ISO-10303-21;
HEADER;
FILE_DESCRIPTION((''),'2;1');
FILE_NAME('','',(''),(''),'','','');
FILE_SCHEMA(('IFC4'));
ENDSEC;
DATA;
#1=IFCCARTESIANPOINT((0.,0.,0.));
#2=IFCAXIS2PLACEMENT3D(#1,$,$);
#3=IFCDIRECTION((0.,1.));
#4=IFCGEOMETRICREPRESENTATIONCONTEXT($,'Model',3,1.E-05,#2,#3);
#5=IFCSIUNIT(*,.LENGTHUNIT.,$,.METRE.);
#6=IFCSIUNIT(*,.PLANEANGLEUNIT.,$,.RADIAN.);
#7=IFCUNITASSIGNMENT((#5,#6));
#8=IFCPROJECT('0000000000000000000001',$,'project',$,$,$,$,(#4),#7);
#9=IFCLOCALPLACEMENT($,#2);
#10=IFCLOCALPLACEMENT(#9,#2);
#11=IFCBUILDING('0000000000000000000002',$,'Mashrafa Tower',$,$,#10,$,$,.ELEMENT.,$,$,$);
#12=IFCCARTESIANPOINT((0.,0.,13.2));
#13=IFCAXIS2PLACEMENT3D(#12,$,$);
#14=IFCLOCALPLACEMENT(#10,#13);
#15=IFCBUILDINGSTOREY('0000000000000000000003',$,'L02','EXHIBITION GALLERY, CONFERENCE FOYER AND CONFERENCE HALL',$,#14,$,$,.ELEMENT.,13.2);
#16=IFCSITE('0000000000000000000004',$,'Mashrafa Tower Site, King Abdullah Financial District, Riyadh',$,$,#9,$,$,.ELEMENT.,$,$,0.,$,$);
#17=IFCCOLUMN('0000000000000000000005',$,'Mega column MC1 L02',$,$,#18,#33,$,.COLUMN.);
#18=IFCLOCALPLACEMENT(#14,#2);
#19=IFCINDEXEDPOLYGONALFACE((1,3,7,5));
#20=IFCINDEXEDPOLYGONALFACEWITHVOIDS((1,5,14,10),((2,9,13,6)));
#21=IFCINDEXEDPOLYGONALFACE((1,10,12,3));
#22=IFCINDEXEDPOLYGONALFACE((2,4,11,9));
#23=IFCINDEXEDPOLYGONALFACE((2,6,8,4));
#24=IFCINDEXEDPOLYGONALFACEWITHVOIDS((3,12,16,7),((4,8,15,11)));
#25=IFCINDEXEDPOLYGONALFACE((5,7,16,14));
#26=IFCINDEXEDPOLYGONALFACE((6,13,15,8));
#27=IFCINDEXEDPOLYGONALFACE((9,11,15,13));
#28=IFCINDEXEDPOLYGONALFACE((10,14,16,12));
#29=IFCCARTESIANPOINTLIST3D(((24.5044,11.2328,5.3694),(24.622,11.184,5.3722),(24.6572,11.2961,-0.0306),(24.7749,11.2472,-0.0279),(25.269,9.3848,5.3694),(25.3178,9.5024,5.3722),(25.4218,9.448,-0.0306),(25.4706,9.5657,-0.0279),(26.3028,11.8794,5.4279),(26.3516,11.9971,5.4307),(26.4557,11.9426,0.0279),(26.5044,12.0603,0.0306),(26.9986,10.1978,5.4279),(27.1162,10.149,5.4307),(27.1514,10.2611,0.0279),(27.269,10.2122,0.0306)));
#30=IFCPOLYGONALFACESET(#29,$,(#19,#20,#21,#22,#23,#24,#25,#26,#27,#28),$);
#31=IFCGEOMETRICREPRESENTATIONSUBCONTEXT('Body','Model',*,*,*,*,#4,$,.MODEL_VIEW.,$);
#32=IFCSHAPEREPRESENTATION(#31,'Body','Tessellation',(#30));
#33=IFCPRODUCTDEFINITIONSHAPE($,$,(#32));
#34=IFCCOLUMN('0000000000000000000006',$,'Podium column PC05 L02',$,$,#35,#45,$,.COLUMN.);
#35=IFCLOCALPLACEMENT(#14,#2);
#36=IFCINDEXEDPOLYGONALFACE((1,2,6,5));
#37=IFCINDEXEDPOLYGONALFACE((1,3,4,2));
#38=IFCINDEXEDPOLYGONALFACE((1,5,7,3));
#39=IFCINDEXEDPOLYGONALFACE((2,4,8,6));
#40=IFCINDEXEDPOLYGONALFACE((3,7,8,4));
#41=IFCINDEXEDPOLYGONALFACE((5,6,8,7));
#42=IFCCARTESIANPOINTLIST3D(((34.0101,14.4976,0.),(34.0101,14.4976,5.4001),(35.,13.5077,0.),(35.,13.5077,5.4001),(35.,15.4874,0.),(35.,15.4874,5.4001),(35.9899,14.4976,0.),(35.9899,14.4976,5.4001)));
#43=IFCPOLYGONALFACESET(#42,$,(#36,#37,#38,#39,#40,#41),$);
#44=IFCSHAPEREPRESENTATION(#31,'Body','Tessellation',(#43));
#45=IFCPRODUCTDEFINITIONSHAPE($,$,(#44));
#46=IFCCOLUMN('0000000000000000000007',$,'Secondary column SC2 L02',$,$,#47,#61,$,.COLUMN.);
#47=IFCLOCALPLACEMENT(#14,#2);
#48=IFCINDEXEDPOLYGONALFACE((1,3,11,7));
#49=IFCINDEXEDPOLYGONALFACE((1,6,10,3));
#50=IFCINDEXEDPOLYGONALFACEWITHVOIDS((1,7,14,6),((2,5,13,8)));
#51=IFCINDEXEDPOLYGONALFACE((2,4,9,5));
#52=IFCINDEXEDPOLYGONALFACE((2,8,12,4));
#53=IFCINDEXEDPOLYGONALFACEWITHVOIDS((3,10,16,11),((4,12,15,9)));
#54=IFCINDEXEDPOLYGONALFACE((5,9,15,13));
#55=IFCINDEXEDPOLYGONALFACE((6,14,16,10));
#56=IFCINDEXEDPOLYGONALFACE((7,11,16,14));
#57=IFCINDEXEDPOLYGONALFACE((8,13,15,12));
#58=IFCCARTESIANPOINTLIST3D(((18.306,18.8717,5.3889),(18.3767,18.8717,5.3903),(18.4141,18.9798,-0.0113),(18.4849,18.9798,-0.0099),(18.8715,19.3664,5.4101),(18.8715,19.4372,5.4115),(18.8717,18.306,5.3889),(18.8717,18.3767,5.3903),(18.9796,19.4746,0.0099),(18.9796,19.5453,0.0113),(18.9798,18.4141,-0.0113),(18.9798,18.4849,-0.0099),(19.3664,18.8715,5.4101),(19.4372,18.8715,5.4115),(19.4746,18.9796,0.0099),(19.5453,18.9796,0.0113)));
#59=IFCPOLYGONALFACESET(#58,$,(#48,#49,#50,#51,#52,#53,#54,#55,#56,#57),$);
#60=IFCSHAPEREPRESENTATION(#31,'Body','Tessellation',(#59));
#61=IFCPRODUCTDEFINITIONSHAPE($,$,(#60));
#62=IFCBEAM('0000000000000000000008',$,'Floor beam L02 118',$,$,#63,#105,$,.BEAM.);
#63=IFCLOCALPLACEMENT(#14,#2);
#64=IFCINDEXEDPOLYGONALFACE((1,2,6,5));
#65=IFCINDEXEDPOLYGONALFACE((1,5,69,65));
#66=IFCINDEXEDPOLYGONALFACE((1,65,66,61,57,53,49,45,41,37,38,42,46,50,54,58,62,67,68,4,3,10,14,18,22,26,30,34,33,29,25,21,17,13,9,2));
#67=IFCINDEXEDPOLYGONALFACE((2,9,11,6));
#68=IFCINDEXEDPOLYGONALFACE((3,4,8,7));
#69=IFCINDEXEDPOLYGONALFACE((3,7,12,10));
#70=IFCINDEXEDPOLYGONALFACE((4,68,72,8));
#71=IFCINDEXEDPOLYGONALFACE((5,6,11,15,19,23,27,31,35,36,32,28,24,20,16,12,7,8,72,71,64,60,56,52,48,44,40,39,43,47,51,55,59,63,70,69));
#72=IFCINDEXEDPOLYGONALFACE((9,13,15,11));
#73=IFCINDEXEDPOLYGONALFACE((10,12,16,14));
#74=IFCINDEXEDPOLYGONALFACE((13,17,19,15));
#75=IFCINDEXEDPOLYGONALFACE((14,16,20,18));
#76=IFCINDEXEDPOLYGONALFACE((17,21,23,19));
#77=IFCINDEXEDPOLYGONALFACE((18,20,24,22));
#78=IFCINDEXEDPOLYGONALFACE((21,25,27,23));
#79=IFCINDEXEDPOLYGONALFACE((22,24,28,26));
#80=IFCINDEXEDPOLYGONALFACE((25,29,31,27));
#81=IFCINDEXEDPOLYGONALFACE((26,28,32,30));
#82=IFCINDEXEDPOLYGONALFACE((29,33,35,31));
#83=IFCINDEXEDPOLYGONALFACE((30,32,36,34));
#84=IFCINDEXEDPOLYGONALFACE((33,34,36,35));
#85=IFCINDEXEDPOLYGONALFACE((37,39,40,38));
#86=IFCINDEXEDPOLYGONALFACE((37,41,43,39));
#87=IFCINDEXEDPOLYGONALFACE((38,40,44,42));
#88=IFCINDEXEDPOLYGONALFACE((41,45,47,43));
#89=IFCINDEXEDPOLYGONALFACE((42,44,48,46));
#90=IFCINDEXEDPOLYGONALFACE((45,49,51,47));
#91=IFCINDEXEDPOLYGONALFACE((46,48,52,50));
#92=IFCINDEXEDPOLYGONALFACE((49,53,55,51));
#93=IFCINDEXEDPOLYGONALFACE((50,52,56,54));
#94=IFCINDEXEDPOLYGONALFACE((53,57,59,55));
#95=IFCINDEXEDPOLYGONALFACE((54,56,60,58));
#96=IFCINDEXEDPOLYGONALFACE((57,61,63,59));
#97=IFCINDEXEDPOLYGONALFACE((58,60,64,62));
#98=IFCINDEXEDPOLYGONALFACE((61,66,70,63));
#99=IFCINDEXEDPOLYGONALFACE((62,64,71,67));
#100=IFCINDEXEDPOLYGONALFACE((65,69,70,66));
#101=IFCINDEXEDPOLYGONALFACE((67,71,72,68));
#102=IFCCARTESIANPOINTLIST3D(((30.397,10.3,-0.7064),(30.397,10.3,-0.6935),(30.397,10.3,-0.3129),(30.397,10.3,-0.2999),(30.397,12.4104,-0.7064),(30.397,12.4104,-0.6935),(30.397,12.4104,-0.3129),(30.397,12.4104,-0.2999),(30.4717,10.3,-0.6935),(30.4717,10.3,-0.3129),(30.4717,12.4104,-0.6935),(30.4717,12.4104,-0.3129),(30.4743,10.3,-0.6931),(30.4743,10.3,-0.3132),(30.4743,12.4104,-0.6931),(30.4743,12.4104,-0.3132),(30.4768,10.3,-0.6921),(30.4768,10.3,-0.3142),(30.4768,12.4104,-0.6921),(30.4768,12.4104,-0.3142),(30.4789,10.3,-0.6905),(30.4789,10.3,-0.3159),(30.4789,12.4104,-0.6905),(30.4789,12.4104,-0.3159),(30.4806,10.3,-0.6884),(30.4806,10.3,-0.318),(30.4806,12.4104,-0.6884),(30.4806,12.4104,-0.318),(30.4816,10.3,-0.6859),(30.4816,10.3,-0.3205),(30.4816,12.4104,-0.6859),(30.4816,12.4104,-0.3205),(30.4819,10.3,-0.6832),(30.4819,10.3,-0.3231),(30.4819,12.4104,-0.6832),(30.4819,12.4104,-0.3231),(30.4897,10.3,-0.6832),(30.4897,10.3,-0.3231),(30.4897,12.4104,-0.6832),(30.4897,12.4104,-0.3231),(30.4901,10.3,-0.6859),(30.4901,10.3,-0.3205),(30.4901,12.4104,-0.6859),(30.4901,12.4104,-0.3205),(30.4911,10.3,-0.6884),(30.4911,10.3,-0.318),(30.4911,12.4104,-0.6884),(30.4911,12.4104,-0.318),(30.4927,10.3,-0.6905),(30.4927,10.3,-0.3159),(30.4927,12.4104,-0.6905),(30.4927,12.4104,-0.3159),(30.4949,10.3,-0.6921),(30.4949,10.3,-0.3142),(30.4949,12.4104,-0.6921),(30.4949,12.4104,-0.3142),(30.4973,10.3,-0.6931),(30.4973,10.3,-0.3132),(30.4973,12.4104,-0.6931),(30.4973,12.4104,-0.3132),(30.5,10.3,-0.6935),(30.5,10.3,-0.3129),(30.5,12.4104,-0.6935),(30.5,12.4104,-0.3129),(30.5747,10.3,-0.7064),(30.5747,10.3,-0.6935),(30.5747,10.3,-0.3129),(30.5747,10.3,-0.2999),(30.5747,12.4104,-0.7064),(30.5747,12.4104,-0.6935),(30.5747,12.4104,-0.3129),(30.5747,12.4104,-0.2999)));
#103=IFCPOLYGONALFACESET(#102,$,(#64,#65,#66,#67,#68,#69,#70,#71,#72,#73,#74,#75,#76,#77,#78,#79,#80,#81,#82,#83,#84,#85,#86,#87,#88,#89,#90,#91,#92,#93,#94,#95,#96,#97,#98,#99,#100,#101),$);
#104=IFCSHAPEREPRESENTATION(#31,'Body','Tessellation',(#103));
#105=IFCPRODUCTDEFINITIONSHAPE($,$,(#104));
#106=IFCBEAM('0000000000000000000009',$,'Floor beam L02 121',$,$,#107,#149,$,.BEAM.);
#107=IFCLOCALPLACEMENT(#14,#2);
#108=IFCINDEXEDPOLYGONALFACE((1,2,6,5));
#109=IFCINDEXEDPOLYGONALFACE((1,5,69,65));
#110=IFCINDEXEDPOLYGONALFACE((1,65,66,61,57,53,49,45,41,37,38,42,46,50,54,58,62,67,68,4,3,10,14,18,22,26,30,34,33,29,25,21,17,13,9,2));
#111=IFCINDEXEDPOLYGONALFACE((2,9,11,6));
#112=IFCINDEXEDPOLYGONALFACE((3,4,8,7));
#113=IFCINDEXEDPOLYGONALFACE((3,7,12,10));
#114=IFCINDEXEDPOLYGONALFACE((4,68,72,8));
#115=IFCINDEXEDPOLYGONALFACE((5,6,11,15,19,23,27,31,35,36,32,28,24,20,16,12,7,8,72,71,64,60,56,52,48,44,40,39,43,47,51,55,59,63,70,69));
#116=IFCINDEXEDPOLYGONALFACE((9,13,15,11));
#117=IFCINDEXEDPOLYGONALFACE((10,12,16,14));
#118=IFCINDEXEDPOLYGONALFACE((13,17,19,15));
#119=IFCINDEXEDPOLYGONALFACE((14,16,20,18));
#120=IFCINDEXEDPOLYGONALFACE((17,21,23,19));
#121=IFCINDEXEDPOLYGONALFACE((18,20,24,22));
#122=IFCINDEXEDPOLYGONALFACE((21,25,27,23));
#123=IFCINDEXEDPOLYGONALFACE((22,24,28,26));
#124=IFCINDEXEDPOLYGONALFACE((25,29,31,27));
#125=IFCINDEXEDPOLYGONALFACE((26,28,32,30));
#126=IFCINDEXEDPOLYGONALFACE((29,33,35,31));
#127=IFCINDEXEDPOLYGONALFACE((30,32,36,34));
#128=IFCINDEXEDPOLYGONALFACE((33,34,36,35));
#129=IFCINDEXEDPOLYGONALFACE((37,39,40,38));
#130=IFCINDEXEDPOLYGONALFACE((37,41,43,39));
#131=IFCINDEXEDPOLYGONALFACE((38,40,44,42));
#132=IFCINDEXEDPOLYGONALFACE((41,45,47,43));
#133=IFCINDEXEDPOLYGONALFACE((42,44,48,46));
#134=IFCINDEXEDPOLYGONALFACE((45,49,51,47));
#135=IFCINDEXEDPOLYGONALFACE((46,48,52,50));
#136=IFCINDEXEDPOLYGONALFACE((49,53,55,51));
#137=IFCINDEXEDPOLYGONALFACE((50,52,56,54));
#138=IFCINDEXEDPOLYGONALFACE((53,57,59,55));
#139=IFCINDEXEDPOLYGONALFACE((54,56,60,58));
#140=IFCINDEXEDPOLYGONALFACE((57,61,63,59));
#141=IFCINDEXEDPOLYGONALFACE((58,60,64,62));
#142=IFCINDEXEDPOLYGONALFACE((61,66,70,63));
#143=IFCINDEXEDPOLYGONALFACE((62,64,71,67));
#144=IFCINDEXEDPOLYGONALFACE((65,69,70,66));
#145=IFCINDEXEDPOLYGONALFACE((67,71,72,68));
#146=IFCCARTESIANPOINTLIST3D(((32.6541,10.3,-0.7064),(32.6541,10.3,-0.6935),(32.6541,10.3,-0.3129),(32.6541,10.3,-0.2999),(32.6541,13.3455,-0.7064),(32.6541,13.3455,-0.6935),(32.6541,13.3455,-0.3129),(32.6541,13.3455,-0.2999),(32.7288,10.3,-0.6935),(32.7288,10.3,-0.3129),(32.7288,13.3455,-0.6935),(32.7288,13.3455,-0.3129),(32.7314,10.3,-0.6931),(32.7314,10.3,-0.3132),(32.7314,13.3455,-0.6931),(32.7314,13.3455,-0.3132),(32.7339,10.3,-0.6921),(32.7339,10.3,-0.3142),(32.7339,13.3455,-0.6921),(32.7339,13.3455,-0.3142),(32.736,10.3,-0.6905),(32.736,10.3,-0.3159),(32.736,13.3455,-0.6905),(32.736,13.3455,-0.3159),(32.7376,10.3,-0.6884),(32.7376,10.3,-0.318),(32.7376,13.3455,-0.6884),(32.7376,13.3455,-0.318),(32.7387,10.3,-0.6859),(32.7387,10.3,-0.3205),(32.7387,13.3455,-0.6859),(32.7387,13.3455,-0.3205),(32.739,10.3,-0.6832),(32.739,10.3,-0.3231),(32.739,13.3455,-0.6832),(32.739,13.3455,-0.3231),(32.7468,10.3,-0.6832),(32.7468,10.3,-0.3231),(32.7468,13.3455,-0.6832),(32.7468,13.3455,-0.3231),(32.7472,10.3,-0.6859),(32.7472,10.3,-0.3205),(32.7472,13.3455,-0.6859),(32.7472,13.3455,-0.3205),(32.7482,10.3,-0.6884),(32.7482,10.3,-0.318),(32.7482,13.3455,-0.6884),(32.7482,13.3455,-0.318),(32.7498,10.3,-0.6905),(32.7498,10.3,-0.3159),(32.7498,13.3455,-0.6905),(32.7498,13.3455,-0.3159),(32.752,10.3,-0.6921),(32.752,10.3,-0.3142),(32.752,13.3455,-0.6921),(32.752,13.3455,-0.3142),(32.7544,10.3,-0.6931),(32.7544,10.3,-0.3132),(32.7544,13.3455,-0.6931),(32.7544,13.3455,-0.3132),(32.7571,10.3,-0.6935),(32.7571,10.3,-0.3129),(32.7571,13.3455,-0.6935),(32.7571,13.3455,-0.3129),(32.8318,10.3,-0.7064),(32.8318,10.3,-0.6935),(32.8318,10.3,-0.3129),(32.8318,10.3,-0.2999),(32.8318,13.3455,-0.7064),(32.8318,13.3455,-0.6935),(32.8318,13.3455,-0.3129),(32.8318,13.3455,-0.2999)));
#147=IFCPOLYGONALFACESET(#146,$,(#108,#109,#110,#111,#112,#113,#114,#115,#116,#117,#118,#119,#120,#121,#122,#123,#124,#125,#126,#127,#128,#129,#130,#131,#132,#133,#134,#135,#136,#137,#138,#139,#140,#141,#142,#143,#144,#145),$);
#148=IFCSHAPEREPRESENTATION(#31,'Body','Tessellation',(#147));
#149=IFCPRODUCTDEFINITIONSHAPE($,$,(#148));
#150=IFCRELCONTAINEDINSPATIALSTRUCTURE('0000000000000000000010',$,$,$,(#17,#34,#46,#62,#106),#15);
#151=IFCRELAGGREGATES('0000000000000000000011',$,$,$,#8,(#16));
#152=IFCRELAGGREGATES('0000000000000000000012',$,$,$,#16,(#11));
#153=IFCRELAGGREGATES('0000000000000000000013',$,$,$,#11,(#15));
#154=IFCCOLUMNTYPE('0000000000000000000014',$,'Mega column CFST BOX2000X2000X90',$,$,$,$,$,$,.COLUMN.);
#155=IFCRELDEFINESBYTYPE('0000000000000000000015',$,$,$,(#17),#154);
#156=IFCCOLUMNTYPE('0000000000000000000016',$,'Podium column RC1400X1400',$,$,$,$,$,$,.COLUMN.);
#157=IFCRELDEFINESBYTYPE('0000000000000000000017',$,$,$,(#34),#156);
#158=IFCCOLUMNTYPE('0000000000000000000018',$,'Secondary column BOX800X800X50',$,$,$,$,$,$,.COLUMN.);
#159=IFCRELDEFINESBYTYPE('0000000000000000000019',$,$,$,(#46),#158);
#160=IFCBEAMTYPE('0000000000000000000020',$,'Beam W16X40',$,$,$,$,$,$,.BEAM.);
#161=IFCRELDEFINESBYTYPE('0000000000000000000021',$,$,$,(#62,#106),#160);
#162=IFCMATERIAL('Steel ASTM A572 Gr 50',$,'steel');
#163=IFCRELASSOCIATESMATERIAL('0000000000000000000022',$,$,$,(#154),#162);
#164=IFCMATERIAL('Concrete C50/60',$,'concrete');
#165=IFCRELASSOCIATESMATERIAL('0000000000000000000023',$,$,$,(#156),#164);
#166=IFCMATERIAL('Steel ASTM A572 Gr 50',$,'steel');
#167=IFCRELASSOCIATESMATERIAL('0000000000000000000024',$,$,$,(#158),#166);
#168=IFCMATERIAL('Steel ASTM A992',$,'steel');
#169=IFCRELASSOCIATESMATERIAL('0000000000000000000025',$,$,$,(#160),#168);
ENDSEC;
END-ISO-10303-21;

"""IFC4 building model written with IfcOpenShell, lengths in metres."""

from ifc_helpers import new_model, si_unit, direction, frame, origin, origin_2d, place, context, subcontext, project, spatial, rectangle, hollow_rectangle, i_section, extrude, material, material_profile, profile_set, type_object, element, save


model = new_model("IFC4")

# Units and contexts
model_context = context("Model", 3, precision=1e-05, world=origin(), true_north=direction((0.0, 1.0)))
body_context = subcontext(model_context, "Body", "Model", "MODEL_VIEW")
ifc_project = project(units=[si_unit("LENGTHUNIT", "METRE"), si_unit("PLANEANGLEUNIT", "RADIAN")], contexts=[model_context])

# Site, building, storey
site_placement = place(None, origin())
site = spatial("IfcSite", under=ifc_project, at=site_placement, Name="Mashrafa Tower Site, King Abdullah Financial District, Riyadh", CompositionType="ELEMENT", RefElevation=0.0)
building_placement = place(site_placement, origin())
building = spatial("IfcBuilding", under=site, at=building_placement, Name="Mashrafa Tower", CompositionType="ELEMENT")
storey_placement = place(building_placement, frame((0.0, 0.0, 13.2)))
storey = spatial("IfcBuildingStorey", under=building, at=storey_placement, Name="L02", Description="EXHIBITION GALLERY, CONFERENCE FOYER AND CONFERENCE HALL", CompositionType="ELEMENT", Elevation=13.2)

# Columns
ifc_material_1 = material(Name="Steel ASTM A572 Gr 50", Category="steel")
ifc_material_profile_1 = material_profile(ifc_material_1, hollow_rectangle(XDim=2.0, YDim=2.0, WallThickness=0.0901, at=origin_2d()), Name="BOX2000X2000X90")
ifc_profile_set_1 = profile_set([ifc_material_profile_1], Name="Steel ASTM A572 Gr 50")
column_type_1 = type_object("IfcColumnType", Name="Mega column CFST BOX2000X2000X90", PredefinedType="COLUMN", material=ifc_profile_set_1)
column_1_placement = place(storey_placement, frame((25.9631, 10.7542, 0.0), z_axis=(-0.028288, -0.011704, 0.999531), x_axis=(0.382308, -0.924035, 0.0)))
element("IfcColumn", 1, at=column_1_placement, inside=storey, type_object=column_type_1, Name="Mega column MC1 L02", PredefinedType="COLUMN", context=body_context, shape_type="SweptSolid", body=[
    extrude(hollow_rectangle(XDim=2.0, YDim=2.0, WallThickness=0.0901, at=origin_2d()), origin(), (0.0, 0.0, 1.0), 5.4026),
])
ifc_material_2 = material(Name="Concrete C50/60", Category="concrete")
ifc_material_profile_2 = material_profile(ifc_material_2, rectangle(XDim=1.3999, YDim=1.3999, at=origin_2d()), Name="RC1400X1400")
ifc_profile_set_2 = profile_set([ifc_material_profile_2], Name="Concrete C50/60")
column_type_2 = type_object("IfcColumnType", Name="Podium column RC1400X1400", PredefinedType="COLUMN", material=ifc_profile_set_2)
column_2_placement = place(storey_placement, frame((35.0, 14.4976, 0.0), z_axis=(0.0, 0.0, 1.0), x_axis=(0.707107, 0.707107, 0.0)))
element("IfcColumn", 2, at=column_2_placement, inside=storey, type_object=column_type_2, Name="Podium column PC05 L02", PredefinedType="COLUMN", context=body_context, shape_type="SweptSolid", body=[
    extrude(rectangle(XDim=1.3999, YDim=1.3999, at=origin_2d()), origin(), (0.0, 0.0, 1.0), 5.4001),
])
ifc_material_3 = material(Name="Steel ASTM A572 Gr 50", Category="steel")
ifc_material_profile_3 = material_profile(ifc_material_3, hollow_rectangle(XDim=0.8, YDim=0.8, WallThickness=0.05, at=origin_2d()), Name="BOX800X800X50")
ifc_profile_set_3 = profile_set([ifc_material_profile_3], Name="Steel ASTM A572 Gr 50")
column_type_3 = type_object("IfcColumnType", Name="Secondary column BOX800X800X50", PredefinedType="COLUMN", material=ifc_profile_set_3)
column_3_placement = place(storey_placement, frame((18.9797, 18.9797, 0.0), z_axis=(-0.02002, -0.02002, 0.999599), x_axis=(0.707107, -0.707107, 0.0)))
element("IfcColumn", 3, at=column_3_placement, inside=storey, type_object=column_type_3, Name="Secondary column SC2 L02", PredefinedType="COLUMN", context=body_context, shape_type="SweptSolid", body=[
    extrude(hollow_rectangle(XDim=0.8, YDim=0.8, WallThickness=0.05, at=origin_2d()), origin(), (0.0, 0.0, 1.0), 5.4023),
])

# Beams
ifc_material_4 = material(Name="Steel ASTM A992", Category="steel")
ifc_material_profile_4 = material_profile(ifc_material_4, i_section(OverallWidth=0.1777, OverallDepth=0.4065, WebThickness=0.0078, FlangeThickness=0.0129, FilletRadius=0.0103, at=origin_2d()), Name="W16X40")
ifc_profile_set_4 = profile_set([ifc_material_profile_4], Name="Steel ASTM A992")
beam_type_1 = type_object("IfcBeamType", Name="Beam W16X40", PredefinedType="BEAM", material=ifc_profile_set_4)
beam_1_placement = place(storey_placement, frame((30.4858, 12.4104, -0.5032), z_axis=(0.0, -1.0, 0.0), x_axis=(1.0, 0.0, 0.0)))
element("IfcBeam", 4, at=beam_1_placement, inside=storey, type_object=beam_type_1, Name="Floor beam L02 118", PredefinedType="BEAM", context=body_context, shape_type="SweptSolid", body=[
    extrude(i_section(OverallWidth=0.1777, OverallDepth=0.4065, WebThickness=0.0078, FlangeThickness=0.0129, FilletRadius=0.0103, at=origin_2d()), origin(), (0.0, 0.0, 1.0), 2.1104),
])
beam_2_placement = place(storey_placement, frame((32.7429, 13.3455, -0.5032), z_axis=(0.0, -1.0, 0.0), x_axis=(1.0, 0.0, 0.0)))
element("IfcBeam", 5, at=beam_2_placement, inside=storey, type_object=beam_type_1, Name="Floor beam L02 121", PredefinedType="BEAM", context=body_context, shape_type="SweptSolid", body=[
    extrude(i_section(OverallWidth=0.1777, OverallDepth=0.4065, WebThickness=0.0078, FlangeThickness=0.0129, FilletRadius=0.0103, at=origin_2d()), origin(), (0.0, 0.0, 1.0), 3.0454),
])

save(model, "model.ifc")
